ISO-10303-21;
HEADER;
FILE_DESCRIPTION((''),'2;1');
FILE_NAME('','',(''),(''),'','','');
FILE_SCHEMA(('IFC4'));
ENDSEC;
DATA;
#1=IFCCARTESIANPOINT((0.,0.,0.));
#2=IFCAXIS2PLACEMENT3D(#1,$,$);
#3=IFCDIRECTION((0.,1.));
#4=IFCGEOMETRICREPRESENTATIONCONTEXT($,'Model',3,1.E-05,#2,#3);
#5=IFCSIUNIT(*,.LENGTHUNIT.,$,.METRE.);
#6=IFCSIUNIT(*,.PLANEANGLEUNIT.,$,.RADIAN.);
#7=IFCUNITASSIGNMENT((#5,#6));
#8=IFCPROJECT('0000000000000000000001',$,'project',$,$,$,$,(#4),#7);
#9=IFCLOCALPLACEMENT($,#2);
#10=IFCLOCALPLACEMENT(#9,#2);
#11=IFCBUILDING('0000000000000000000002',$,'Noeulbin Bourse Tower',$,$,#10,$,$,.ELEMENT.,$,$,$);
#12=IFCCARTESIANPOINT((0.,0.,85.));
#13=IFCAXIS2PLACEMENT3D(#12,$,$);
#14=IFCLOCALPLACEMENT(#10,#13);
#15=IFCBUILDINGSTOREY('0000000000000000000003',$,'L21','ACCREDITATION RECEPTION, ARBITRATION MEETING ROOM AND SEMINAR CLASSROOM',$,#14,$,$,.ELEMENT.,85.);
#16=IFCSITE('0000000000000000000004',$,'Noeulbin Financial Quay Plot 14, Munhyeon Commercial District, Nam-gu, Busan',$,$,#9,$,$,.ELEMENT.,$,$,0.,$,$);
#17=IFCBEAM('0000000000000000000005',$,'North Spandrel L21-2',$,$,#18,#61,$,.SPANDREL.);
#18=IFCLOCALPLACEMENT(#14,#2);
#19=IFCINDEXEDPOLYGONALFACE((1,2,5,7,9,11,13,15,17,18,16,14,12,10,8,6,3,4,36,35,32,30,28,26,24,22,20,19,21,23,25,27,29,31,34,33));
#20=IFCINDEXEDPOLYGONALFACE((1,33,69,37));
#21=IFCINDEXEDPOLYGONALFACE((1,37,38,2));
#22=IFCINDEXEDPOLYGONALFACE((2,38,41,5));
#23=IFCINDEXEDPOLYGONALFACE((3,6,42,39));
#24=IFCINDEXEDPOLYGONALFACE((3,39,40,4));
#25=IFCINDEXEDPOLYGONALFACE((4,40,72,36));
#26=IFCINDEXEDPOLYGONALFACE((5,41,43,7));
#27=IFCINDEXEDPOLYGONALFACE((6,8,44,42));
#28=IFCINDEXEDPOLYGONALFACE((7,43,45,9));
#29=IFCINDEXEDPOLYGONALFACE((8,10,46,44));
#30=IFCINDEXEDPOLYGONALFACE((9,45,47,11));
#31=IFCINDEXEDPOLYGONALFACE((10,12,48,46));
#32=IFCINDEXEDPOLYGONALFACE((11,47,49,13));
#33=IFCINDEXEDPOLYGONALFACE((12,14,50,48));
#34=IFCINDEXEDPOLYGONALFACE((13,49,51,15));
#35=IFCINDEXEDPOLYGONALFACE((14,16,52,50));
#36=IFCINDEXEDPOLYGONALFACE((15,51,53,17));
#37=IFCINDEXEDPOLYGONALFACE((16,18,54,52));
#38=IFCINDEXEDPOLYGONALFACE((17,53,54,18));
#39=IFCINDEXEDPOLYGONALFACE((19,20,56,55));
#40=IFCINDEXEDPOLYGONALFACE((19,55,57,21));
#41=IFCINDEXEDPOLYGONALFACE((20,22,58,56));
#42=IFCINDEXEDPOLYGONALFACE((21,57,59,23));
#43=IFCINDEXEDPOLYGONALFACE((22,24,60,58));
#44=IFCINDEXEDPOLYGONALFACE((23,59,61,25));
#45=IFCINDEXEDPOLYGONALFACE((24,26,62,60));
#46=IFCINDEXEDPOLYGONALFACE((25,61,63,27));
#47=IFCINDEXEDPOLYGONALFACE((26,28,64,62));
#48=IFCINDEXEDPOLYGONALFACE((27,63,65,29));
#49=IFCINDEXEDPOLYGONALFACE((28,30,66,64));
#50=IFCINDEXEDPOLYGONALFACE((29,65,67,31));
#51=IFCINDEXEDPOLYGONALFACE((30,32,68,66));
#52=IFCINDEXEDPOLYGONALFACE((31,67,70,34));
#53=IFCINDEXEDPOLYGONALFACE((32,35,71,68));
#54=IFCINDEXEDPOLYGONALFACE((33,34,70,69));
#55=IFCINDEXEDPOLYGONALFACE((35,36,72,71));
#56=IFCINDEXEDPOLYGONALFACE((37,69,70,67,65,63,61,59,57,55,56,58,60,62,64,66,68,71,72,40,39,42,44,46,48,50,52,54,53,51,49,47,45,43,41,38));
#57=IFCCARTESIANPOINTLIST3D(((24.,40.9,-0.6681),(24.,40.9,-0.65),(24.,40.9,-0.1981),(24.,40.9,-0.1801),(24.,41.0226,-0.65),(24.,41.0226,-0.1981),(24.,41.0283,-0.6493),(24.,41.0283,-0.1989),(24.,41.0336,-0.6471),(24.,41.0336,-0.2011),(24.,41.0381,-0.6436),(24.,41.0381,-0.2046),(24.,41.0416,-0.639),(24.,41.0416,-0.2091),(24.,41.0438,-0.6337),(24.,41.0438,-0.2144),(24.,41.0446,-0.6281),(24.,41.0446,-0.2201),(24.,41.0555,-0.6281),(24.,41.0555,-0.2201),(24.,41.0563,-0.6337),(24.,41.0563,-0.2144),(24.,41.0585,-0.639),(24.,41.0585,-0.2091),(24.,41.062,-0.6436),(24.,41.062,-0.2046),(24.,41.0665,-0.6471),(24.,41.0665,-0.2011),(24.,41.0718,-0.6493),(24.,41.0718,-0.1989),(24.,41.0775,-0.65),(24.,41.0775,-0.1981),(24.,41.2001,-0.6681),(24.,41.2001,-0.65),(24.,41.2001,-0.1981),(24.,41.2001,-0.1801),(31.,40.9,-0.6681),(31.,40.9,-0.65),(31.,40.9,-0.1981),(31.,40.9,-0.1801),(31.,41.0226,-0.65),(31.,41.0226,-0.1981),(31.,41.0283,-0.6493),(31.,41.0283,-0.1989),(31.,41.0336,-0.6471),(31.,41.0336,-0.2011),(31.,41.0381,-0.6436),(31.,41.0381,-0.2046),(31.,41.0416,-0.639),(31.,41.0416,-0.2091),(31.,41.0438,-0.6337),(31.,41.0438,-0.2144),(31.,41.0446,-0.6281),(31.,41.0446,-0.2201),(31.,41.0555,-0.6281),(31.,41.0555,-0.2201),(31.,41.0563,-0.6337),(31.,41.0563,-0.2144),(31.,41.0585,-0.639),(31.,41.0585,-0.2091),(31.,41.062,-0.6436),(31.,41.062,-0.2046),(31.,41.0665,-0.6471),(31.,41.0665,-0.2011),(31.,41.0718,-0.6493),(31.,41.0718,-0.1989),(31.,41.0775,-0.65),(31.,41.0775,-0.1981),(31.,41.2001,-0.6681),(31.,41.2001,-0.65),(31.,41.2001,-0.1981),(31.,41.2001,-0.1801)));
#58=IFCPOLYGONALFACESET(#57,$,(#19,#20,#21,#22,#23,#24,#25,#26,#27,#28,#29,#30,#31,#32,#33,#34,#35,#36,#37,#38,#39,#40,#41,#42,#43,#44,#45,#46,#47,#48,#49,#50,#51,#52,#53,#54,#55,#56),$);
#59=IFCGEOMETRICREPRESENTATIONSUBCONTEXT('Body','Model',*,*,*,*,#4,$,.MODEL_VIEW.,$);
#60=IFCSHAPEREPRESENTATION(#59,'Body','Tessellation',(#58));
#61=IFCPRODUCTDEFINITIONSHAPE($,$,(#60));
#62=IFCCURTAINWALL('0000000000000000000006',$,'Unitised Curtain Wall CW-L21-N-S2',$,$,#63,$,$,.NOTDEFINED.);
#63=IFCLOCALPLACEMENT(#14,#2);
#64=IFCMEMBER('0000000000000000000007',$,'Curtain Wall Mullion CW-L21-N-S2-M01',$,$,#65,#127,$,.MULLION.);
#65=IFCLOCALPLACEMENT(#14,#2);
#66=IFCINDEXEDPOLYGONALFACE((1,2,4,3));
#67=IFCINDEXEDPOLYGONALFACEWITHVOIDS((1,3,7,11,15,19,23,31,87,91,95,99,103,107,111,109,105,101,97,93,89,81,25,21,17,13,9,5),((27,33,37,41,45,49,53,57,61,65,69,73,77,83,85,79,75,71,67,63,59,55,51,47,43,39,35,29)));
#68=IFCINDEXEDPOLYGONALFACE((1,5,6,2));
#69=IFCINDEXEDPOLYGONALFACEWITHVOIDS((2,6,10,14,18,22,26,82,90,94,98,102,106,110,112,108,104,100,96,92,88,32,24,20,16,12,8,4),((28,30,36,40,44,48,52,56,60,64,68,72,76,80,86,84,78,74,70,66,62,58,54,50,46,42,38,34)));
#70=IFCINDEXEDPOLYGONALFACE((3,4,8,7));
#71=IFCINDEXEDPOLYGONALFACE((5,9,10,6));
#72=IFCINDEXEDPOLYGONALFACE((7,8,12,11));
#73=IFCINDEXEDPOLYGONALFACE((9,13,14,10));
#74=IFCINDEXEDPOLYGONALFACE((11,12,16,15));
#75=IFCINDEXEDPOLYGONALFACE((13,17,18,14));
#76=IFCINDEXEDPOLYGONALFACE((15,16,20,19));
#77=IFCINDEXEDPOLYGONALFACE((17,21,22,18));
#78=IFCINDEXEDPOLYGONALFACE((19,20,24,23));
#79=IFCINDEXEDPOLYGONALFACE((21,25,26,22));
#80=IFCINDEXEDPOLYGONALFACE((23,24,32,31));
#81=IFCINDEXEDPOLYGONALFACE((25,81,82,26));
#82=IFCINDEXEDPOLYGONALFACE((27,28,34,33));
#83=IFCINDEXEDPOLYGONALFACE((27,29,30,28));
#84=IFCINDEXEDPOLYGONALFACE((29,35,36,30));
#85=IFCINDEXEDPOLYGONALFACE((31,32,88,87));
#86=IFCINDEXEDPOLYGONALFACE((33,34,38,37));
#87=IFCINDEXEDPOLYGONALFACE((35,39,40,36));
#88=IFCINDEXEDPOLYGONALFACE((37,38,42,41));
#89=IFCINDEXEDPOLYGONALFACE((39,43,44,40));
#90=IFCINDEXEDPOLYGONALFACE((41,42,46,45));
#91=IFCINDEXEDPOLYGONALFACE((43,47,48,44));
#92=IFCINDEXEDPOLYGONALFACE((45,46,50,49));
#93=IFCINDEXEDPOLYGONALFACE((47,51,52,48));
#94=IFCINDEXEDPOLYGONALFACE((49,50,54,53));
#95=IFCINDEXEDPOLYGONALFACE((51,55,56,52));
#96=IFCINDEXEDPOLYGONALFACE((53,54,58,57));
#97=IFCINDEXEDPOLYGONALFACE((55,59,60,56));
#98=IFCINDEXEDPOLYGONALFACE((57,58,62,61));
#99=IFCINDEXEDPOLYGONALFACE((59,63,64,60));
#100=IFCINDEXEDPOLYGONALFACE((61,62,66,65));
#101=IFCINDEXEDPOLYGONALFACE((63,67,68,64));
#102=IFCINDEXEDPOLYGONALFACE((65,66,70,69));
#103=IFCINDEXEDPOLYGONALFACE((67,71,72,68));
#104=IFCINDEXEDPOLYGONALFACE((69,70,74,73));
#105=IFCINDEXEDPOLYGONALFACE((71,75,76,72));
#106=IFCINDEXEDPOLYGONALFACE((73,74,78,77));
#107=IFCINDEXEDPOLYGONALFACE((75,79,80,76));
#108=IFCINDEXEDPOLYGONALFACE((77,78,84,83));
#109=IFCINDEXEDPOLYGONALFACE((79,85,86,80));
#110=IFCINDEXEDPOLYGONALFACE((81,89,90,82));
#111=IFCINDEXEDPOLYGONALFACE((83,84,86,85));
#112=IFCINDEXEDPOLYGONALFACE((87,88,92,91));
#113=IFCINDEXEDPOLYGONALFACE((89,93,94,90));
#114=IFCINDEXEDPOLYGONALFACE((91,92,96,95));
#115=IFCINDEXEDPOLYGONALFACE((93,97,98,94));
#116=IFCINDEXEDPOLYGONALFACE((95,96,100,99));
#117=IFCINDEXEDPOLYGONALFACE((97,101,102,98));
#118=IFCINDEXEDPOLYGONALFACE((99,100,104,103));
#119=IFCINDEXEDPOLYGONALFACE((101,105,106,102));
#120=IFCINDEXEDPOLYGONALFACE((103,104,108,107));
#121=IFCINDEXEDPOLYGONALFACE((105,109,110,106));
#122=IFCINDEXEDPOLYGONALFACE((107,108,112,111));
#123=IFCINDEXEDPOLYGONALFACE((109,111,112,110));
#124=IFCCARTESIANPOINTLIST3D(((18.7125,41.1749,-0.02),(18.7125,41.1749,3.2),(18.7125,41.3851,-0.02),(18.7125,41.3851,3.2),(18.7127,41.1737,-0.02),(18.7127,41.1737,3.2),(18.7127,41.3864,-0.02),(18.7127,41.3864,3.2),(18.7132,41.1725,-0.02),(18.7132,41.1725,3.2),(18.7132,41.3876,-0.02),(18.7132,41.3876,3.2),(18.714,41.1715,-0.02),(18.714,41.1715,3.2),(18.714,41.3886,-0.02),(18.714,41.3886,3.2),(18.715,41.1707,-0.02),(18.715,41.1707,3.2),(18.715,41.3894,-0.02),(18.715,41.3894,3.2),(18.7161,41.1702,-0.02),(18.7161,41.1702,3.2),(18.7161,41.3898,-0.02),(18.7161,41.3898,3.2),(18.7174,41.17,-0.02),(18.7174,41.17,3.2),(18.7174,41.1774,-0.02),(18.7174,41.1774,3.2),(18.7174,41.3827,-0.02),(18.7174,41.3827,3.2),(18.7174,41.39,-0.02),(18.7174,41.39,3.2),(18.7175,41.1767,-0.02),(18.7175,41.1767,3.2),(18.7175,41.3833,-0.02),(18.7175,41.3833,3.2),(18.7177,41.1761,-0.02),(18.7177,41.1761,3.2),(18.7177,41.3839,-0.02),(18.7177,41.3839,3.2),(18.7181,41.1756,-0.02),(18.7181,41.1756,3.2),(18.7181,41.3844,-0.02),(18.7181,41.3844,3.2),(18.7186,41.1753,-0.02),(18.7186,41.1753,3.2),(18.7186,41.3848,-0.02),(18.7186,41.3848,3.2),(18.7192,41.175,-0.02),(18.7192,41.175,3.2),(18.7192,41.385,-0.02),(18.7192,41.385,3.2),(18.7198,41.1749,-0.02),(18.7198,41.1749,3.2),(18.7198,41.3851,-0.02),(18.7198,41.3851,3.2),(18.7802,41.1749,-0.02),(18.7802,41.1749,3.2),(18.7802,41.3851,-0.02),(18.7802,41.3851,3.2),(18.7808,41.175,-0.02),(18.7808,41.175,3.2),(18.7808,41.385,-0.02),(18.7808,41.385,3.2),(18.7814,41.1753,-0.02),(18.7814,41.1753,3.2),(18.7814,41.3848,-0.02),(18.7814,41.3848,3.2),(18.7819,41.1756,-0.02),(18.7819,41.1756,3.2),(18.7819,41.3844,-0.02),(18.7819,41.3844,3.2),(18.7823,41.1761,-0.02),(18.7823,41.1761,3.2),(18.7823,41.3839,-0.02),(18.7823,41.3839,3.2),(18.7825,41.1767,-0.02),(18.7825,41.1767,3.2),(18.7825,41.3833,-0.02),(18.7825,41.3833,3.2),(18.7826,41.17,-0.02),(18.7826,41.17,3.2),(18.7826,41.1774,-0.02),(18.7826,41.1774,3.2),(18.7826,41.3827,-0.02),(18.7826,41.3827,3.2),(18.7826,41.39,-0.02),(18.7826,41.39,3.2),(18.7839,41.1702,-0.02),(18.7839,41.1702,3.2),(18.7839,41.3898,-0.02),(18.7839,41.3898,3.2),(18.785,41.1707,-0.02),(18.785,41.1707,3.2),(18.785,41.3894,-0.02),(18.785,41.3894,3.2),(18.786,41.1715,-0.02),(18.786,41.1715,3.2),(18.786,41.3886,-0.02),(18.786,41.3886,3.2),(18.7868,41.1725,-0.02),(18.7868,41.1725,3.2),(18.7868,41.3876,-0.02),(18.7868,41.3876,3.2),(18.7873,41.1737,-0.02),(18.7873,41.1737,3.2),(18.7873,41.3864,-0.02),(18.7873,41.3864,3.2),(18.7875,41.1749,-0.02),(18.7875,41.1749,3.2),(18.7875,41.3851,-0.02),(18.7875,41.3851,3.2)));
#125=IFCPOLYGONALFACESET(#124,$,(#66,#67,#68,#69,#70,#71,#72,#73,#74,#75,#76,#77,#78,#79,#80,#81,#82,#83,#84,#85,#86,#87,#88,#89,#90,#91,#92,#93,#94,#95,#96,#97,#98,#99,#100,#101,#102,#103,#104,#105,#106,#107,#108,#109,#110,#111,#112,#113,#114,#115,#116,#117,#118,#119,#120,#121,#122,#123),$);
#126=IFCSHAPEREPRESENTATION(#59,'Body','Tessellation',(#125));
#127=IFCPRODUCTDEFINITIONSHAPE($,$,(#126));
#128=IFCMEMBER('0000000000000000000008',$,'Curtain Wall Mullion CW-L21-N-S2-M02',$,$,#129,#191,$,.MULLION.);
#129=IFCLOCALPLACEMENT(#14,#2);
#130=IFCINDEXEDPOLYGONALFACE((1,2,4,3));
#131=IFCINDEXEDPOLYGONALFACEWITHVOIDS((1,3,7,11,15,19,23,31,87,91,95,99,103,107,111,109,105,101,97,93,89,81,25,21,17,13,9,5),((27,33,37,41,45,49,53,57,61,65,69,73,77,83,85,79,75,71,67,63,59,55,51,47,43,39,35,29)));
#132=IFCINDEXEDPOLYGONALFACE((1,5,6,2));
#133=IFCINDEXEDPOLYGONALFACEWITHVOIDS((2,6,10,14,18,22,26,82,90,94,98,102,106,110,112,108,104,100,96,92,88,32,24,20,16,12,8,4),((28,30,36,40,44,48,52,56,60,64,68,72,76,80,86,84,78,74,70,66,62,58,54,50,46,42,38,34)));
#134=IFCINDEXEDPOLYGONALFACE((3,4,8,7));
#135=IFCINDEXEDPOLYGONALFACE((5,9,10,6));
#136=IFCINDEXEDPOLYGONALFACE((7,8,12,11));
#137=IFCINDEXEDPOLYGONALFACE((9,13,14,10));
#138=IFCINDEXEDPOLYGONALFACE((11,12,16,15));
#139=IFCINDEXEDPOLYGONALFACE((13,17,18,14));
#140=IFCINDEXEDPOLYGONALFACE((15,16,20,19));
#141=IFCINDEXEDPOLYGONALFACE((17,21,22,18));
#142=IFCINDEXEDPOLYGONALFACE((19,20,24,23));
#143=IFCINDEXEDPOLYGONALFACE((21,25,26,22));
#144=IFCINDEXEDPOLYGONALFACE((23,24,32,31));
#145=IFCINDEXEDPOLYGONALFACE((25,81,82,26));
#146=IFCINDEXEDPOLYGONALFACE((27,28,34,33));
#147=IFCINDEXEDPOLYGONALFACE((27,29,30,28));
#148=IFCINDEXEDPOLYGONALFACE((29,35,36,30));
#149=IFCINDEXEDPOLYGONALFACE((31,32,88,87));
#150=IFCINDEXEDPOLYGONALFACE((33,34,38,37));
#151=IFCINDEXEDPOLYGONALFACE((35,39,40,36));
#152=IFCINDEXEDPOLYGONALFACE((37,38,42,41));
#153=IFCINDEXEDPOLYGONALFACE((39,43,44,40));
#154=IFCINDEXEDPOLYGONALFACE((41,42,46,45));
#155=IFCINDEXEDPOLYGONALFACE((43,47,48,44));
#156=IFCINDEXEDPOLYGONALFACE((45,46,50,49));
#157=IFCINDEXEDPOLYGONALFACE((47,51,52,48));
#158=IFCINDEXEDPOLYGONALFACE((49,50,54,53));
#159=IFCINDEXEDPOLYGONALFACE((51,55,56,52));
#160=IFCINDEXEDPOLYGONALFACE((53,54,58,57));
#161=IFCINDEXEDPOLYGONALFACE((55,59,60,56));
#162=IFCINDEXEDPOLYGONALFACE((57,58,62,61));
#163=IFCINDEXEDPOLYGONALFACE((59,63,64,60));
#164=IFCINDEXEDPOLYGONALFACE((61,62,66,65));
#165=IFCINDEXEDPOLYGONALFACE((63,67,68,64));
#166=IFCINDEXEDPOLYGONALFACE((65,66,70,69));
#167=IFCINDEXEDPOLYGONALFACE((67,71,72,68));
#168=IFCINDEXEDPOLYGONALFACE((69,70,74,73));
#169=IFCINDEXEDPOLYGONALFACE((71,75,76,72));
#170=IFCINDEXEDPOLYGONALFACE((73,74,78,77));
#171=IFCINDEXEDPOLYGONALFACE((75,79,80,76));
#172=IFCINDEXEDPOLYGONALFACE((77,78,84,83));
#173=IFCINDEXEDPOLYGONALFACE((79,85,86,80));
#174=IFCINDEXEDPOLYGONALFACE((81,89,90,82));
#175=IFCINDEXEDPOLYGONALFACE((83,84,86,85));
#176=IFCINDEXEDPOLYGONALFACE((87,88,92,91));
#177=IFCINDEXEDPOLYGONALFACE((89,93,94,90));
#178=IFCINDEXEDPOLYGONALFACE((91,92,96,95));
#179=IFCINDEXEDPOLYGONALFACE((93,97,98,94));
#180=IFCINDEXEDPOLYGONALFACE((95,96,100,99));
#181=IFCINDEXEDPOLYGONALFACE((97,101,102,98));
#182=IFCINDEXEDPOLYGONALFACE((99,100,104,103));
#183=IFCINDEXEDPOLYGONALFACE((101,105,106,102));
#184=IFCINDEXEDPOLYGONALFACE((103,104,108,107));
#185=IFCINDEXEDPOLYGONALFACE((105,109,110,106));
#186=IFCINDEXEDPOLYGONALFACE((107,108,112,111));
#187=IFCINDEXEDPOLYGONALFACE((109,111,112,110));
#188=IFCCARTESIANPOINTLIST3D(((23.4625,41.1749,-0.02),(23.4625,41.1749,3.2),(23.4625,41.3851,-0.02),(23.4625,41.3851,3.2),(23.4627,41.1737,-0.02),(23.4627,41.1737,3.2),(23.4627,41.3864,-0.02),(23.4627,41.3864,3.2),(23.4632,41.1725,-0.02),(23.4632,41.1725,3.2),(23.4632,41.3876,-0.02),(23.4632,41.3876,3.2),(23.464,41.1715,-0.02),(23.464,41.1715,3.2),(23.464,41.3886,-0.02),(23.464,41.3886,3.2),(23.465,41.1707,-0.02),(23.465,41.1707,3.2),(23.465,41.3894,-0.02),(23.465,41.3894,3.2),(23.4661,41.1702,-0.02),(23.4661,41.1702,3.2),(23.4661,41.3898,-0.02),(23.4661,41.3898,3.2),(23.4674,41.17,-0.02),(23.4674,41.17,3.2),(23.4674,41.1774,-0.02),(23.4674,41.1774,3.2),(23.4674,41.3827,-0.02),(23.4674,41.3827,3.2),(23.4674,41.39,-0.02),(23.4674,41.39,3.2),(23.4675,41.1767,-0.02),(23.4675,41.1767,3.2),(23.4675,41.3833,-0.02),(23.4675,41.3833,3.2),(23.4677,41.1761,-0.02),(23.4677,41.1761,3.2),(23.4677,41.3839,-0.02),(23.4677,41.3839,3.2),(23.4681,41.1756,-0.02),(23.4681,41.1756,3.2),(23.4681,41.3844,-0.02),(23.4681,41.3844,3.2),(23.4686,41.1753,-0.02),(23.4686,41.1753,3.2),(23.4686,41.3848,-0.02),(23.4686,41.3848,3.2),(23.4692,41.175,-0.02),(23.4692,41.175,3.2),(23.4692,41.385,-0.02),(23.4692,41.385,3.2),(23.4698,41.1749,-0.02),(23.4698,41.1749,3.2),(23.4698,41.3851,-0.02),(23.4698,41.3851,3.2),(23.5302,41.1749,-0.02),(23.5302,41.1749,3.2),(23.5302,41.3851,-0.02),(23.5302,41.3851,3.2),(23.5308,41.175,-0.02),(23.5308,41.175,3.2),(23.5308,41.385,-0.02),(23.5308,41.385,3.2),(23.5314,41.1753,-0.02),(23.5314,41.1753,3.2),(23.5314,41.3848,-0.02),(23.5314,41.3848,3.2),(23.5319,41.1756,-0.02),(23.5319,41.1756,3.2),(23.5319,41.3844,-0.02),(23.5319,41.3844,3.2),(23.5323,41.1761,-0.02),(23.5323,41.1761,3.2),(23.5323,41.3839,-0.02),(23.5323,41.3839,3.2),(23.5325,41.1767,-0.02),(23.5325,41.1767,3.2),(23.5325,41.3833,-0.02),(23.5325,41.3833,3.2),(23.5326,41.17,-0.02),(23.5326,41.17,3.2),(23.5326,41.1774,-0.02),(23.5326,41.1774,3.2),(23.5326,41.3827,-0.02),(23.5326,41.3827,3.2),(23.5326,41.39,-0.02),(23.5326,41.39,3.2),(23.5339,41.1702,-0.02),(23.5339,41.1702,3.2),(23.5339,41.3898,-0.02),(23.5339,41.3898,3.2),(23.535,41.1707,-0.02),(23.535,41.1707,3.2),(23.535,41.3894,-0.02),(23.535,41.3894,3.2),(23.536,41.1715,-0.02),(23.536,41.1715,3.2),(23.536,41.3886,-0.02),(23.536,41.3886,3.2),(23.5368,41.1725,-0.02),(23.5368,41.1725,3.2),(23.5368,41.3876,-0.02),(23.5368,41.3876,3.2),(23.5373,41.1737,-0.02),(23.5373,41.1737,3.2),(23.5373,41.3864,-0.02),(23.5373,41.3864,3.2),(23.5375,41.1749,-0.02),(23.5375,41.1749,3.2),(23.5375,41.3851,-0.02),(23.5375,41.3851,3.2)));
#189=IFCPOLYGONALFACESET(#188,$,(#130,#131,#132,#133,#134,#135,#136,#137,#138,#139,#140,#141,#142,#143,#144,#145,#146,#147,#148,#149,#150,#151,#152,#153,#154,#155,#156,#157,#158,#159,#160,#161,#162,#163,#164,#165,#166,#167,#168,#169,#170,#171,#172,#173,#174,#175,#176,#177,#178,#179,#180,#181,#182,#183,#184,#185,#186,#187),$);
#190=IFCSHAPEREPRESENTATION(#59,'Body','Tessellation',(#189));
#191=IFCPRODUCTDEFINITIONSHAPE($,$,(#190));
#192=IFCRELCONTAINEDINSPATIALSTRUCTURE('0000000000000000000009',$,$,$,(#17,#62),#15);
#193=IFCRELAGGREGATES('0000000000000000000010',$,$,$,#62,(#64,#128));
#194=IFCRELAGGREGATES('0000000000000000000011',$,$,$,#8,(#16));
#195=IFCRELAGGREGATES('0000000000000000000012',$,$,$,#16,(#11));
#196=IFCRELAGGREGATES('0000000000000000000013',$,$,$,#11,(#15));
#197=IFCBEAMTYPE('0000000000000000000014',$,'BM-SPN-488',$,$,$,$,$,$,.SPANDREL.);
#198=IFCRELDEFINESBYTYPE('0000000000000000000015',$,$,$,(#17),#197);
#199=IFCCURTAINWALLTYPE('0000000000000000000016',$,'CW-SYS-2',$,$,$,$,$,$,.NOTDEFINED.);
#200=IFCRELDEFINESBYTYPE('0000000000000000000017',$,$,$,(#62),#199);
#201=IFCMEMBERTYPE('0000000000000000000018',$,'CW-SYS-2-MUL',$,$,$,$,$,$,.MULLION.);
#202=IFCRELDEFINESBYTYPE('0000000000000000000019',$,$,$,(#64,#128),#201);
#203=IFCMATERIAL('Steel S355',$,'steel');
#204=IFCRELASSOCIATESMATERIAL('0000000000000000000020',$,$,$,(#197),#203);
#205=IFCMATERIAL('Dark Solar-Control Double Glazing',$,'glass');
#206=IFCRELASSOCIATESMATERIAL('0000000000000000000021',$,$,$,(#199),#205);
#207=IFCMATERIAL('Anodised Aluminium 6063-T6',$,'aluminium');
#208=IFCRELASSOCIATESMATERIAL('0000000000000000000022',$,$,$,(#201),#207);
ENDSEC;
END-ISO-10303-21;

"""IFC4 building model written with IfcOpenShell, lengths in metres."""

from ifc_helpers import new_model, si_unit, direction, frame, origin, origin_2d, place, context, subcontext, project, spatial, hollow_rectangle, i_section, extrude, material, material_profile, profile_set, type_object, element, aggregate, save


model = new_model("IFC4")

# Units and contexts
model_context = context("Model", 3, precision=1e-05, world=origin(), true_north=direction((0.0, 1.0)))
body_context = subcontext(model_context, "Body", "Model", "MODEL_VIEW")
ifc_project = project(units=[si_unit("LENGTHUNIT", "METRE"), si_unit("PLANEANGLEUNIT", "RADIAN")], contexts=[model_context])

# Site, building, storey
site_placement = place(None, origin())
site = spatial("IfcSite", under=ifc_project, at=site_placement, Name="Noeulbin Financial Quay Plot 14, Munhyeon Commercial District, Nam-gu, Busan", CompositionType="ELEMENT", RefElevation=0.0)
building_placement = place(site_placement, origin())
building = spatial("IfcBuilding", under=site, at=building_placement, Name="Noeulbin Bourse Tower", CompositionType="ELEMENT")
storey_placement = place(building_placement, frame((0.0, 0.0, 85.0)))
storey = spatial("IfcBuildingStorey", under=building, at=storey_placement, Name="L21", Description="ACCREDITATION RECEPTION, ARBITRATION MEETING ROOM AND SEMINAR CLASSROOM", CompositionType="ELEMENT", Elevation=85.0)

# Beam
ifc_material_1 = material(Name="Steel S355", Category="steel")
ifc_material_profile_1 = material_profile(ifc_material_1, i_section(OverallWidth=0.3, OverallDepth=0.488, WebThickness=0.011, FlangeThickness=0.0181, FilletRadius=0.022, at=origin_2d()), Name="H-488x300x11x18", Category="LoadBearing")
ifc_profile_set_1 = profile_set([ifc_material_profile_1], Name="Steel S355")
beam_type_1 = type_object("IfcBeamType", Name="BM-SPN-488", PredefinedType="SPANDREL", material=ifc_profile_set_1)
beam_1_placement = place(storey_placement, frame((24.0, 41.05, -0.4241), z_axis=(1.0, 0.0, 0.0), x_axis=(0.0, 1.0, 0.0)))
element("IfcBeam", 1, at=beam_1_placement, inside=storey, type_object=beam_type_1, Name="North Spandrel L21-2", PredefinedType="SPANDREL", context=body_context, shape_type="SweptSolid", body=[
    extrude(i_section(OverallWidth=0.3, OverallDepth=0.488, WebThickness=0.011, FlangeThickness=0.0181, FilletRadius=0.022, at=origin_2d()), origin(), (0.0, 0.0, 1.0), 7.0),
])

# Curtain wall, members
ifc_material_2 = material(Name="Dark Solar-Control Double Glazing", Category="glass")
curtain_wall_type = type_object("IfcCurtainWallType", Name="CW-SYS-2", PredefinedType="NOTDEFINED", material=ifc_material_2)
curtain_wall_1_placement = place(storey_placement, origin())
curtain_wall_1 = element("IfcCurtainWall", 2, at=curtain_wall_1_placement, inside=storey, type_object=curtain_wall_type, Name="Unitised Curtain Wall CW-L21-N-S2", PredefinedType="NOTDEFINED")
ifc_material_3 = material(Name="Anodised Aluminium 6063-T6", Category="aluminium")
ifc_material_profile_2 = material_profile(ifc_material_3, hollow_rectangle(XDim=0.075, YDim=0.22, WallThickness=0.0049, InnerFilletRadius=0.0024, OuterFilletRadius=0.0049, at=origin_2d()), Name="ALU-MULL-75x220x5", Category="LoadBearing")
ifc_profile_set_2 = profile_set([ifc_material_profile_2], Name="Anodised Aluminium 6063-T6")
member_type_1 = type_object("IfcMemberType", Name="CW-SYS-2-MUL", PredefinedType="MULLION", material=ifc_profile_set_2)
member_1_placement = place(storey_placement, frame((18.75, 41.28, -0.02), z_axis=(0.0, 0.0, 1.0), x_axis=(1.0, 0.0, 0.0)))
member_1 = element("IfcMember", 3, at=member_1_placement, type_object=member_type_1, Name="Curtain Wall Mullion CW-L21-N-S2-M01", PredefinedType="MULLION", context=body_context, shape_type="SweptSolid", body=[
    extrude(hollow_rectangle(XDim=0.075, YDim=0.22, WallThickness=0.0049, InnerFilletRadius=0.0024, OuterFilletRadius=0.0049, at=origin_2d()), origin(), (0.0, 0.0, 1.0), 3.22),
])
member_2_placement = place(storey_placement, frame((23.5, 41.28, -0.02), z_axis=(0.0, 0.0, 1.0), x_axis=(1.0, 0.0, 0.0)))
member_2 = element("IfcMember", 4, at=member_2_placement, type_object=member_type_1, Name="Curtain Wall Mullion CW-L21-N-S2-M02", PredefinedType="MULLION", context=body_context, shape_type="SweptSolid", body=[
    extrude(hollow_rectangle(XDim=0.075, YDim=0.22, WallThickness=0.0049, InnerFilletRadius=0.0024, OuterFilletRadius=0.0049, at=origin_2d()), origin(), (0.0, 0.0, 1.0), 3.22),
])

aggregate(curtain_wall_1, [member_1, member_2])

save(model, "model.ifc")
